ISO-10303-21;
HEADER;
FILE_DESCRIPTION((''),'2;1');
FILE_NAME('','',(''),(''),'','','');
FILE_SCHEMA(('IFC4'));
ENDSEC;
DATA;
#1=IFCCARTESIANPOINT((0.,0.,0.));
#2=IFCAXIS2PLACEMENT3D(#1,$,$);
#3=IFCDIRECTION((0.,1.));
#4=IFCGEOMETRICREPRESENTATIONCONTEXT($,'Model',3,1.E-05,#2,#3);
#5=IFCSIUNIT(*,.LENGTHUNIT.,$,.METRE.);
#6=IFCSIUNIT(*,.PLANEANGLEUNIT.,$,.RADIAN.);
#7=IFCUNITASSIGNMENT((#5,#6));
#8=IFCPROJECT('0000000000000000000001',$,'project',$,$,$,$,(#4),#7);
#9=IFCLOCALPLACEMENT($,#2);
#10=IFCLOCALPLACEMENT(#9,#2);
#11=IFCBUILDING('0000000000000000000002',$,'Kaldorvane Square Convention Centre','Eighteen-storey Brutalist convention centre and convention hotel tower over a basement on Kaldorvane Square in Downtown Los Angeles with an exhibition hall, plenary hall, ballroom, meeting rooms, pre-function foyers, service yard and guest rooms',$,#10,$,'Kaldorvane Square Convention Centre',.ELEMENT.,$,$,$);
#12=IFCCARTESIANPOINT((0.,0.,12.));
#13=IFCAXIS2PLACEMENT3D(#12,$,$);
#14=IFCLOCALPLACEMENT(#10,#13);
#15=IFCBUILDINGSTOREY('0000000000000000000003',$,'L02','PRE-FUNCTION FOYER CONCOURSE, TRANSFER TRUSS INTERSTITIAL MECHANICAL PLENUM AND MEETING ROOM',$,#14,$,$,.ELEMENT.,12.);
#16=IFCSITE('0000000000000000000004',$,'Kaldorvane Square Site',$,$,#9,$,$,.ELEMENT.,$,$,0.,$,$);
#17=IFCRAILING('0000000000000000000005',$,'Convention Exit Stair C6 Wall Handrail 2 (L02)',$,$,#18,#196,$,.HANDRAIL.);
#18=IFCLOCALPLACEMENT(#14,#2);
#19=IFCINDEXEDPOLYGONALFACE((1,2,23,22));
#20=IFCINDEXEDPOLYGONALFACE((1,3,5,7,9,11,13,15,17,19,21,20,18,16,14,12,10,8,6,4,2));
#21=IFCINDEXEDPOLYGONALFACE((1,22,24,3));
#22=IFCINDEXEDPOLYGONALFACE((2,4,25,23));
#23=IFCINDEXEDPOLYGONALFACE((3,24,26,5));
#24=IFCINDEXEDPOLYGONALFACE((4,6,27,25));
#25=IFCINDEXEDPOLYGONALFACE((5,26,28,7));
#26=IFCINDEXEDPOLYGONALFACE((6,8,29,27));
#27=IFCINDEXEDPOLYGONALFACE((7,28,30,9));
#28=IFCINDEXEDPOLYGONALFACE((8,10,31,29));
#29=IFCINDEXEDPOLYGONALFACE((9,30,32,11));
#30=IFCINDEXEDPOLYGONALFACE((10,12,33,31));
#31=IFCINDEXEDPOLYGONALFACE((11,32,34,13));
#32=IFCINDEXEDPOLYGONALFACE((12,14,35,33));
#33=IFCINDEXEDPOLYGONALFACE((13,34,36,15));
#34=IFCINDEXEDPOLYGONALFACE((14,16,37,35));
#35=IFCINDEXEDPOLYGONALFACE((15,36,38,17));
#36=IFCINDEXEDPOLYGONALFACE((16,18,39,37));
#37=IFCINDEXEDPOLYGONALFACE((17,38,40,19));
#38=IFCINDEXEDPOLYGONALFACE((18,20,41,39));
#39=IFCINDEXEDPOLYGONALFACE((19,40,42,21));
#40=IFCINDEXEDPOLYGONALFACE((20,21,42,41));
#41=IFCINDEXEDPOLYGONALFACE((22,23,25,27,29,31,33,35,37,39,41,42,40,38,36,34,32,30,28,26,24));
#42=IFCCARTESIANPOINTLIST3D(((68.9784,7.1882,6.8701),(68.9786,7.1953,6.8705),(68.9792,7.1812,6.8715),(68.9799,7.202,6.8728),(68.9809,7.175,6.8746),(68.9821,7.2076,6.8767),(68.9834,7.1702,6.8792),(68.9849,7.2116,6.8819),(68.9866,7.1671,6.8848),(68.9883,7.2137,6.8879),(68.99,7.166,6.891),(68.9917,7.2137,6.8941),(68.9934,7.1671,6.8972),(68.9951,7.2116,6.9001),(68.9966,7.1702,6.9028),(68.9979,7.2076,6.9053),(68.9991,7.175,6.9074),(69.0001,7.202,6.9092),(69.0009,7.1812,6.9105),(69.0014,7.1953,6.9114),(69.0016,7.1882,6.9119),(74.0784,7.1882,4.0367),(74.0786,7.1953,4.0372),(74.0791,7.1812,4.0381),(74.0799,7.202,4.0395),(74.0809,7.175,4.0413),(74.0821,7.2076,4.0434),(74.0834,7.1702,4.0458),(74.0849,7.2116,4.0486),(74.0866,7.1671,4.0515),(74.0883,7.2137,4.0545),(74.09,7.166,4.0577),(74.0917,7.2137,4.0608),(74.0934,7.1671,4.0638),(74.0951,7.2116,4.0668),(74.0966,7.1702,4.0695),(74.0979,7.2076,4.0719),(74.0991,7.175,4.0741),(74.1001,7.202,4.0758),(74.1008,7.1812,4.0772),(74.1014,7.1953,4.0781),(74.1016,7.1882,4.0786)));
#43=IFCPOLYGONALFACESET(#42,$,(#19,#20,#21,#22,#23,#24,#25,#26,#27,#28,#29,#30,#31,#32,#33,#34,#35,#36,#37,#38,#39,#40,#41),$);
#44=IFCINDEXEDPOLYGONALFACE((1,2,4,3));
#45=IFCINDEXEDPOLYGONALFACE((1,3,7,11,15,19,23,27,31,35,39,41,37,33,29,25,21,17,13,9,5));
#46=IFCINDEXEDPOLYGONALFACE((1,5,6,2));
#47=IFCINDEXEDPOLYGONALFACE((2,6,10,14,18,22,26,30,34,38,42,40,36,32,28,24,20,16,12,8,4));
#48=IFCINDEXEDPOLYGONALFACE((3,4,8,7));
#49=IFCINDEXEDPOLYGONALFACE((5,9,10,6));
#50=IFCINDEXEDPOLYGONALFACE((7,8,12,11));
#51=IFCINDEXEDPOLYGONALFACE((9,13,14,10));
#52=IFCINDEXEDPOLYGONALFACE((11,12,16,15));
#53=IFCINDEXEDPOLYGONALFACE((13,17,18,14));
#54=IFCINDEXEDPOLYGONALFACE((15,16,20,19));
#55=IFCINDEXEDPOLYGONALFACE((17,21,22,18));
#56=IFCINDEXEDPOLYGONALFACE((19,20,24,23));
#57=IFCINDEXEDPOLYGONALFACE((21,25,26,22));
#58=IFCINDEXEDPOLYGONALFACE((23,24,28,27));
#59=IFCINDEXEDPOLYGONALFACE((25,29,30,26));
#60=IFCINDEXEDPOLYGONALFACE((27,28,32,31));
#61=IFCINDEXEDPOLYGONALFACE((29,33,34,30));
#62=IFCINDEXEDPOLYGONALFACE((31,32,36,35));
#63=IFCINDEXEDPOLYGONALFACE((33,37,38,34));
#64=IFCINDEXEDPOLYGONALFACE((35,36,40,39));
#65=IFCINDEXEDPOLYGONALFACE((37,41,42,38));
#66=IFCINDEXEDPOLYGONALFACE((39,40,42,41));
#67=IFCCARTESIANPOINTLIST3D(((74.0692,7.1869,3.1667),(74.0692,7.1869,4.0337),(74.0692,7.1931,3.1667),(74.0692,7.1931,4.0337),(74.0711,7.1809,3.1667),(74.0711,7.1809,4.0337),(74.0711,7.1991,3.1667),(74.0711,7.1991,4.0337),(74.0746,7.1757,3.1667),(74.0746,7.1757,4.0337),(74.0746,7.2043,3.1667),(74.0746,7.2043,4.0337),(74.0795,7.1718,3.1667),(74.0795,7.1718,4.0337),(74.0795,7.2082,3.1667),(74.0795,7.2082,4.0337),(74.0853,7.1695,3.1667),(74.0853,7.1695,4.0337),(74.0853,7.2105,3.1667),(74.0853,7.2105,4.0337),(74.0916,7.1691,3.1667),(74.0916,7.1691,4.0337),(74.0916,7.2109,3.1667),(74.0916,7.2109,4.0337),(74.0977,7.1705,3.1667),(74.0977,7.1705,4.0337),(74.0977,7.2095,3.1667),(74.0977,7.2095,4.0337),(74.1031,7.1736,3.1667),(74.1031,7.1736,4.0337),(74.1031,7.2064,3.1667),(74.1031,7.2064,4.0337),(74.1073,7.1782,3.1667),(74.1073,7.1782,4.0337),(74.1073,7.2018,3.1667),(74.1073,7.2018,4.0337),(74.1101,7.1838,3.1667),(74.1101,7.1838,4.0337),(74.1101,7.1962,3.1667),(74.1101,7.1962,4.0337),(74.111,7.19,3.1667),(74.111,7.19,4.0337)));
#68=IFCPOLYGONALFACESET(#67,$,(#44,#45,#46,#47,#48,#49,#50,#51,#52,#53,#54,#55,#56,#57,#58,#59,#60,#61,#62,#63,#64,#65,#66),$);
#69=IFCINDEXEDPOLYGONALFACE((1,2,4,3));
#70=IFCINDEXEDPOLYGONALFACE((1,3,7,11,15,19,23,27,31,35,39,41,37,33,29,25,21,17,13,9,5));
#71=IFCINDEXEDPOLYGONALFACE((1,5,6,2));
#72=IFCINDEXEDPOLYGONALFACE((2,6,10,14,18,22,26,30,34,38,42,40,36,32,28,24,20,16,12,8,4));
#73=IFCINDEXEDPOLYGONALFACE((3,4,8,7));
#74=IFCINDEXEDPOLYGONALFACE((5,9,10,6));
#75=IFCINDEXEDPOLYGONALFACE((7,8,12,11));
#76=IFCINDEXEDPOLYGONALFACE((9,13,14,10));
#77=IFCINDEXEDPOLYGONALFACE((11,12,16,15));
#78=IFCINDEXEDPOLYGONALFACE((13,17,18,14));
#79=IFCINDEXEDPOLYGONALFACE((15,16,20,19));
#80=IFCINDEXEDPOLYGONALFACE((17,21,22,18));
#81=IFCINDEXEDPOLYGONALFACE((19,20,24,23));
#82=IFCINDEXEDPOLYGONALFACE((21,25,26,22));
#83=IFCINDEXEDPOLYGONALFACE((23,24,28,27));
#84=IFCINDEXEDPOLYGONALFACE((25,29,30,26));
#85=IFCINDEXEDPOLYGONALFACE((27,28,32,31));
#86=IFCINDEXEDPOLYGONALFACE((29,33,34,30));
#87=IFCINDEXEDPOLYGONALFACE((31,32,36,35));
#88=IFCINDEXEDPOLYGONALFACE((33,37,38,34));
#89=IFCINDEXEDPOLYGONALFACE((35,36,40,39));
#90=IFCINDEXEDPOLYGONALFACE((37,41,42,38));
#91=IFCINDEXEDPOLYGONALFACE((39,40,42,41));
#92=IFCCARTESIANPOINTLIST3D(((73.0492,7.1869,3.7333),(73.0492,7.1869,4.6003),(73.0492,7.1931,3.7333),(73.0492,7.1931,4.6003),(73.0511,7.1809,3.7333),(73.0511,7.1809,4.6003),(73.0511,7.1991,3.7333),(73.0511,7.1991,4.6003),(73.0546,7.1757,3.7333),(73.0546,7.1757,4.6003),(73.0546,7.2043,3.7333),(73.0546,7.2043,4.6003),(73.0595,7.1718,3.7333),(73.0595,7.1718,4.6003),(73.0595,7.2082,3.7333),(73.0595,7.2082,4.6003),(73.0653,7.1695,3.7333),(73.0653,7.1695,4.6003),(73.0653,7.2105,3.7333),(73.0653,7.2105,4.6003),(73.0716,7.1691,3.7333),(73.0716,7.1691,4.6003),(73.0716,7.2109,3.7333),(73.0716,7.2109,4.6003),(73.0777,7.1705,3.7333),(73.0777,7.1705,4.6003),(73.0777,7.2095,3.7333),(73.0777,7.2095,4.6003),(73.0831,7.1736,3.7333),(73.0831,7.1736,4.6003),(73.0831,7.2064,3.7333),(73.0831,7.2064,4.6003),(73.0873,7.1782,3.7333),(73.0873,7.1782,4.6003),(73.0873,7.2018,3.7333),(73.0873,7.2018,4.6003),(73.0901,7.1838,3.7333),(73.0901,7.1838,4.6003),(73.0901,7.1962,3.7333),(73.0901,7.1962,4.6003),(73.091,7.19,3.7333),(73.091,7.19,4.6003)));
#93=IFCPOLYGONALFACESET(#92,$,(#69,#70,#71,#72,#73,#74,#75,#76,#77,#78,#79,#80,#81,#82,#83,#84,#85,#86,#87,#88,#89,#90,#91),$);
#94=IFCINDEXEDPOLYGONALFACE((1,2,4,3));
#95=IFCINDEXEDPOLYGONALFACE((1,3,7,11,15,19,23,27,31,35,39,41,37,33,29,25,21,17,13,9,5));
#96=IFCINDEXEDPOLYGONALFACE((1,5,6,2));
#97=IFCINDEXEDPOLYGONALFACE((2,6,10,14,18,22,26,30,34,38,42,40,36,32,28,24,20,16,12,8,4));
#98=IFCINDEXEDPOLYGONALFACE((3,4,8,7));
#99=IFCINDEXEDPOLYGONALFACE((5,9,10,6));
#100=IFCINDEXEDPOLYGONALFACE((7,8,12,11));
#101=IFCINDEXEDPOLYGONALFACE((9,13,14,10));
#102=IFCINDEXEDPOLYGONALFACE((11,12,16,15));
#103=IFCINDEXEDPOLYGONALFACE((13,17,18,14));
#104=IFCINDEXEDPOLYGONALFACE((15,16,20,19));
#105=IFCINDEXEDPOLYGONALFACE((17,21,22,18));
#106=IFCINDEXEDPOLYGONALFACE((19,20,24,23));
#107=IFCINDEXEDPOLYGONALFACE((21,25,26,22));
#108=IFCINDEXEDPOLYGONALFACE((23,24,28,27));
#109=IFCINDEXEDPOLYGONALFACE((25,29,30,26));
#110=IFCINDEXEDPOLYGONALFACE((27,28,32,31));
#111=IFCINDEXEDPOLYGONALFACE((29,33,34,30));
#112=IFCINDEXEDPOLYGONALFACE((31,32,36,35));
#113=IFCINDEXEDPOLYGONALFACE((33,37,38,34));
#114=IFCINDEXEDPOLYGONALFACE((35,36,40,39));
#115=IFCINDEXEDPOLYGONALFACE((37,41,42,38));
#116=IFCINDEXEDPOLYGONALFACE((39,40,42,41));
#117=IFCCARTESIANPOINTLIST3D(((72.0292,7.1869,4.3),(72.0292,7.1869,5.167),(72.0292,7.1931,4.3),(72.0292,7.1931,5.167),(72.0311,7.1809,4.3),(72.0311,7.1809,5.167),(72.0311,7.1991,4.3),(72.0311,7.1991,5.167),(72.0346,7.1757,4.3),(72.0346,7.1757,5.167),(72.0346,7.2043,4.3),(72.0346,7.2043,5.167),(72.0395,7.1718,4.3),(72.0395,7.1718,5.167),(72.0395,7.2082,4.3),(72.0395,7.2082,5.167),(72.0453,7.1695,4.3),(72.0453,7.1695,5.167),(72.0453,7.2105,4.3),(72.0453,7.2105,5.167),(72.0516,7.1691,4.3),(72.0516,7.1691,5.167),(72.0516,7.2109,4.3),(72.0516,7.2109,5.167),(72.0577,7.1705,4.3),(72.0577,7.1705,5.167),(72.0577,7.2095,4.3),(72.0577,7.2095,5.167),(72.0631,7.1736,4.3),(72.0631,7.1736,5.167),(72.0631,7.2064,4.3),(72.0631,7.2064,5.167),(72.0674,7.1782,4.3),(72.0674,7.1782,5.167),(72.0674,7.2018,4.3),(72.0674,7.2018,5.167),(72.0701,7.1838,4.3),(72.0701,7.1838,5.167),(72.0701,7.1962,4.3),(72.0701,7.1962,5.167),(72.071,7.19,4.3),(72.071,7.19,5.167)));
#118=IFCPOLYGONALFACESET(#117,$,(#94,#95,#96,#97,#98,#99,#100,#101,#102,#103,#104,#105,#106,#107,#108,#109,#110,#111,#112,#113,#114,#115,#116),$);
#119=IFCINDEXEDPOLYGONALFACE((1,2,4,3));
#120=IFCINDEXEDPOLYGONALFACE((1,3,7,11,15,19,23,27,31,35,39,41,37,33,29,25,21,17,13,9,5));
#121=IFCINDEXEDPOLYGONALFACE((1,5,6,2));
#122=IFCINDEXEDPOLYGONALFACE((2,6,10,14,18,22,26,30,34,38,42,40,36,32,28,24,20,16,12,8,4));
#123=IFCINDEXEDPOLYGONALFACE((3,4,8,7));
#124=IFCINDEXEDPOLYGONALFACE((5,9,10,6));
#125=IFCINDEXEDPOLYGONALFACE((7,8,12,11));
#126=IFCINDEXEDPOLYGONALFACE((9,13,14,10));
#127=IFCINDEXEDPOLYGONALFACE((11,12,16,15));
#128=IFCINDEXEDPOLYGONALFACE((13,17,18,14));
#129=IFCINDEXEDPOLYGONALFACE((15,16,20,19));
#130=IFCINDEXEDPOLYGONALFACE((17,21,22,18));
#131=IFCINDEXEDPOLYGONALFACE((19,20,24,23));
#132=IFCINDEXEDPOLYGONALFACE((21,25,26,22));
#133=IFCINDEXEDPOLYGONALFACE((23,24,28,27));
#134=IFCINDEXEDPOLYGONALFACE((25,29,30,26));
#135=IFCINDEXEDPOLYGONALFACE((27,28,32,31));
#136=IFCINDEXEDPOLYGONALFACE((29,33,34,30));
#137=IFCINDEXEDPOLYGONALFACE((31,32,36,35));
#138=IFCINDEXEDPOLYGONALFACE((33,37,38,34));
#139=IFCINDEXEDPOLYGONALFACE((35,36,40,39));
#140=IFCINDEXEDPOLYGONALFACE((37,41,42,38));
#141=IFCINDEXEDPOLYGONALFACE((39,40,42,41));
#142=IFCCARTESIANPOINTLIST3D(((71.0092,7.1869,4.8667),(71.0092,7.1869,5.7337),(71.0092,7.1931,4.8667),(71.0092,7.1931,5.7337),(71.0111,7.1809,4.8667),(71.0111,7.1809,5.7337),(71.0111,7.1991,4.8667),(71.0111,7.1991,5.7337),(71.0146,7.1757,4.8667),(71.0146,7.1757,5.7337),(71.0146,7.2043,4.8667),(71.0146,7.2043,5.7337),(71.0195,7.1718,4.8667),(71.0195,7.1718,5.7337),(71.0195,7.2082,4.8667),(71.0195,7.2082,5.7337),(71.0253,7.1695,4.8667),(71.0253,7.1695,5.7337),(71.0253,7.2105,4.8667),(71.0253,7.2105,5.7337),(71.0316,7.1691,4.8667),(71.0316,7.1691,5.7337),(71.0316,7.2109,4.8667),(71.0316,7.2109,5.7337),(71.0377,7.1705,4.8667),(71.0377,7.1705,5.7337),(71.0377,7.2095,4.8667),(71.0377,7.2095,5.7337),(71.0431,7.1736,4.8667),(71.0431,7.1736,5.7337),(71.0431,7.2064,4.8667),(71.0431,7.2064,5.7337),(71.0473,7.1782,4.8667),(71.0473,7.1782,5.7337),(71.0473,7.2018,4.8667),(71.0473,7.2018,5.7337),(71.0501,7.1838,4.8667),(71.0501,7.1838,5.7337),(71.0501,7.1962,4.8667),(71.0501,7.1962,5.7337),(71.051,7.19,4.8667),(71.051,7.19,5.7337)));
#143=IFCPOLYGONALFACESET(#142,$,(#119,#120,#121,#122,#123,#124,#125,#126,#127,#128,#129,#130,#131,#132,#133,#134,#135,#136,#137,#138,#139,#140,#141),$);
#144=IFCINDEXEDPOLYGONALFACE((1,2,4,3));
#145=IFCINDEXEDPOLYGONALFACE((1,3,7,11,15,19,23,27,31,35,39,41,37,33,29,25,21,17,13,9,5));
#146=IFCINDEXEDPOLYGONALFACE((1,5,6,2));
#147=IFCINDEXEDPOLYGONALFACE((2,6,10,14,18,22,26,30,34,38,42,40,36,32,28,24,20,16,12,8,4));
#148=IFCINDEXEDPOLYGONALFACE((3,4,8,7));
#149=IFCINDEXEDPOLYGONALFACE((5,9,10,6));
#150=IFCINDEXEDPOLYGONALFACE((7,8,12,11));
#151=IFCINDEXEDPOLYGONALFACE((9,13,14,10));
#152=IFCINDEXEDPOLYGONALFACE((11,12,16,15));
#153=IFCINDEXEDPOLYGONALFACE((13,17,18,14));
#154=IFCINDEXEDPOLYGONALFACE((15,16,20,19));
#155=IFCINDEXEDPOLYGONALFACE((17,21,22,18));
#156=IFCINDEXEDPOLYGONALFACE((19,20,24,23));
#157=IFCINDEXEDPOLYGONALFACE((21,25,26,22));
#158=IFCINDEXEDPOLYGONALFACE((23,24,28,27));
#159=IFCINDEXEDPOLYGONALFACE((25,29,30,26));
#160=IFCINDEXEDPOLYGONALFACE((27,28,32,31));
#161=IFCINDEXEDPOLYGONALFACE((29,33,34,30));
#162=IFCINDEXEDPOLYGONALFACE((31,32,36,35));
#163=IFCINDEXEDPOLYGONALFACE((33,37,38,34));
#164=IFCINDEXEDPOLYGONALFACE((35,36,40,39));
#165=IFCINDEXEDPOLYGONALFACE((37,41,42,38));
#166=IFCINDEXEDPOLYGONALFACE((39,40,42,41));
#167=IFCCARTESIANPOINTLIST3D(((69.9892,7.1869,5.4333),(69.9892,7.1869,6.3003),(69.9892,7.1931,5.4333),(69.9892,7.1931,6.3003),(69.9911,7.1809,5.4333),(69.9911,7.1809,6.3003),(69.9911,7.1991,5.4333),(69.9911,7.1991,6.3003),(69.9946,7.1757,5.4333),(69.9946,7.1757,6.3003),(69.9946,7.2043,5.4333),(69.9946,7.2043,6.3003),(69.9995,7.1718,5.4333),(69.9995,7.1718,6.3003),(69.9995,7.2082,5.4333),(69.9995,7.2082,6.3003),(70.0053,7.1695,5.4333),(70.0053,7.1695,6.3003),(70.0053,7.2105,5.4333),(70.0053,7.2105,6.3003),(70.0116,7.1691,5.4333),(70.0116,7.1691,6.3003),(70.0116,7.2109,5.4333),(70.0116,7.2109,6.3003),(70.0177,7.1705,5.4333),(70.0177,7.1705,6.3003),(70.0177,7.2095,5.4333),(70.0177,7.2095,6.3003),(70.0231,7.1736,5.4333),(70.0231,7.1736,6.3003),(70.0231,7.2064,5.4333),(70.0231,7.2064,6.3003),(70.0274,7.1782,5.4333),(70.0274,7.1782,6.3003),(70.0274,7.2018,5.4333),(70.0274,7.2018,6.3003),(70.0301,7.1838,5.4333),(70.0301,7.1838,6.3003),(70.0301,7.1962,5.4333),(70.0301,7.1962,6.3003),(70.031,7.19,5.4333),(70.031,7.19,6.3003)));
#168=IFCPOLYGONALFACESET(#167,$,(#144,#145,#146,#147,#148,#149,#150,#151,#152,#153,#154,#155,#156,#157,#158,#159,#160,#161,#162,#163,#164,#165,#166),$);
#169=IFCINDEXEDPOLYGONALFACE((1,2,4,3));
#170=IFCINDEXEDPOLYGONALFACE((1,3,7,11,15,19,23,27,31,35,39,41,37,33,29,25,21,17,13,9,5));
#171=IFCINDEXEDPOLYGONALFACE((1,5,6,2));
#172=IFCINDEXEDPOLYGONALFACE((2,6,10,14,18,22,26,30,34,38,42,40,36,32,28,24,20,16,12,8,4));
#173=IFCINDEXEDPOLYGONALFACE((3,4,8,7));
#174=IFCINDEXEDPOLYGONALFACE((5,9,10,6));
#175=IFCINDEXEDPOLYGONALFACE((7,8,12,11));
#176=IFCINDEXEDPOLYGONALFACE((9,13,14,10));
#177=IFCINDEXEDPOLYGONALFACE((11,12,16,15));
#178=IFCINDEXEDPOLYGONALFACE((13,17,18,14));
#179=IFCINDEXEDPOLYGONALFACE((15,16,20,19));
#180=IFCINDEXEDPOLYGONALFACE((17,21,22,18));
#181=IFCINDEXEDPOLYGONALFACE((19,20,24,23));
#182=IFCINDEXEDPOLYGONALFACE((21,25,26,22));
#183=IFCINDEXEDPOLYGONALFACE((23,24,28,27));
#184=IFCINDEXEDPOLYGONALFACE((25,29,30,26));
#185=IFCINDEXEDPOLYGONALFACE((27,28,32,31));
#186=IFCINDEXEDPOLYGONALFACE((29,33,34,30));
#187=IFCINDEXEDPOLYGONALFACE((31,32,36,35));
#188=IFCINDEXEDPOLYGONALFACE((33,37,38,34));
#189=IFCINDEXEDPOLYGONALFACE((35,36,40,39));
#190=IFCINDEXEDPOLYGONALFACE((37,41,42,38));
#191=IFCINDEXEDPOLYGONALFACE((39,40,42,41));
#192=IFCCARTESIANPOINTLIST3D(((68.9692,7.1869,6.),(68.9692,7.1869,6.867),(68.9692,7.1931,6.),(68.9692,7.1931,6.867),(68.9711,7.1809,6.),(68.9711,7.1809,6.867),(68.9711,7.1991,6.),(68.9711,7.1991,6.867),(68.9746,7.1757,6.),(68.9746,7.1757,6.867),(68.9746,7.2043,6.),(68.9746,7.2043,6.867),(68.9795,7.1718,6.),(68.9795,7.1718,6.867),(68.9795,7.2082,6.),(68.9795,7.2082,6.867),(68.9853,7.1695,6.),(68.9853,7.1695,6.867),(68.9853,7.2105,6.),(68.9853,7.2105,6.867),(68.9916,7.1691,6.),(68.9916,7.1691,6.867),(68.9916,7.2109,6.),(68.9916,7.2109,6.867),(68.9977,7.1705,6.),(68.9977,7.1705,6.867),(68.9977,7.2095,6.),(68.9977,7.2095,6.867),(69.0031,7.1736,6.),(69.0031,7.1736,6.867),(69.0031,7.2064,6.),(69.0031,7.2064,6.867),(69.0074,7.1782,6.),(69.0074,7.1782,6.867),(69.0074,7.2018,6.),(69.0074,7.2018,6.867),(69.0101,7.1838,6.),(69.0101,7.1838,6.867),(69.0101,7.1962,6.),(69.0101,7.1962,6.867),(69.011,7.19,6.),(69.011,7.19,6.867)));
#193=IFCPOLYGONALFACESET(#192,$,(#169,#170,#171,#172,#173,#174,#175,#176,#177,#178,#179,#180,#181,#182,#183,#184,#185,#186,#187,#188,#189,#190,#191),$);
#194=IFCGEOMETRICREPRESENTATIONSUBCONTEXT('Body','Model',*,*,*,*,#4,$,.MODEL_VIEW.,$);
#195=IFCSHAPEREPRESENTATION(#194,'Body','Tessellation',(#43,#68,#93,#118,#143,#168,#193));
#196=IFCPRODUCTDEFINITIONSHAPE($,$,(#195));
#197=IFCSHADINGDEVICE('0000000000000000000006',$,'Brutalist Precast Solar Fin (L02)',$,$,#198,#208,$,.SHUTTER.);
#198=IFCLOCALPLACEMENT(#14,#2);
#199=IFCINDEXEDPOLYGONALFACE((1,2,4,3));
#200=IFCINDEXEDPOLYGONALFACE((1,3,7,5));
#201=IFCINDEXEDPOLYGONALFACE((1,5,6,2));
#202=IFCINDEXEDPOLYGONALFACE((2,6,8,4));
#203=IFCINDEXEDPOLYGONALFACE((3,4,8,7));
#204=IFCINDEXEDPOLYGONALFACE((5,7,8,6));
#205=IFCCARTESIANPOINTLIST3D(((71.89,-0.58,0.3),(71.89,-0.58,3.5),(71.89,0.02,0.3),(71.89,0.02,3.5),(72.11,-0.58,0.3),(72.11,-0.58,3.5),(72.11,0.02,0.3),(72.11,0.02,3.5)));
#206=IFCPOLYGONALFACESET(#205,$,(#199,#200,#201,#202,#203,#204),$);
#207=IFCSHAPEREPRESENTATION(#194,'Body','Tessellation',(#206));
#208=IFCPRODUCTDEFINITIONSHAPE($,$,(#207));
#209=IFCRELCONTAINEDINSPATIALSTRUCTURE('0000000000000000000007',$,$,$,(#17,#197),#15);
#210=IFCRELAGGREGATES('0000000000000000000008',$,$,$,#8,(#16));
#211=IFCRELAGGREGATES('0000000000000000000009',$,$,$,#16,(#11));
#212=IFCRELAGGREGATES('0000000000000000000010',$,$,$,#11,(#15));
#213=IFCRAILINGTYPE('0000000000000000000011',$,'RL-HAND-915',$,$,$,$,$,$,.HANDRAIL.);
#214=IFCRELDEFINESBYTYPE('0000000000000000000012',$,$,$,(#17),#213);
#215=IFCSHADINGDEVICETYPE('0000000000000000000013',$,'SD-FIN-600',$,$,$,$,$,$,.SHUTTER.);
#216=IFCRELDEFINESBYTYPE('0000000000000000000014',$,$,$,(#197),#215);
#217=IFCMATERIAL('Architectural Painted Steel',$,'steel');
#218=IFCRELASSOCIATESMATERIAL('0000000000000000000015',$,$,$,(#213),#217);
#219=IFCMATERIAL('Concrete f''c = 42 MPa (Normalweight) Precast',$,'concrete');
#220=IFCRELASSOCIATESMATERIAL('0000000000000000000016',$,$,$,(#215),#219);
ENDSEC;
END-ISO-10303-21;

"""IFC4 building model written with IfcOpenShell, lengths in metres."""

from ifc_helpers import new_model, si_unit, direction, frame, origin, origin_2d, place, context, subcontext, project, spatial, rectangle, circle, extrude, material, type_object, element, save


model = new_model("IFC4")

# Units and contexts
model_context = context("Model", 3, precision=1e-05, world=origin(), true_north=direction((0.0, 1.0)))
body_context = subcontext(model_context, "Body", "Model", "MODEL_VIEW")
ifc_project = project(units=[si_unit("LENGTHUNIT", "METRE"), si_unit("PLANEANGLEUNIT", "RADIAN")], contexts=[model_context])

# Site, building, storey
site_placement = place(None, origin())
site = spatial("IfcSite", under=ifc_project, at=site_placement, Name="Kaldorvane Square Site", CompositionType="ELEMENT", RefElevation=0.0)
building_placement = place(site_placement, origin())
building = spatial("IfcBuilding", under=site, at=building_placement, Name="Kaldorvane Square Convention Centre", Description="Eighteen-storey Brutalist convention centre and convention hotel tower over a basement on Kaldorvane Square in Downtown Los Angeles with an exhibition hall, plenary hall, ballroom, meeting rooms, pre-function foyers, service yard and guest rooms", LongName="Kaldorvane Square Convention Centre", CompositionType="ELEMENT")
storey_placement = place(building_placement, frame((0.0, 0.0, 12.0)))
storey = spatial("IfcBuildingStorey", under=building, at=storey_placement, Name="L02", Description="PRE-FUNCTION FOYER CONCOURSE, TRANSFER TRUSS INTERSTITIAL MECHANICAL PLENUM AND MEETING ROOM", CompositionType="ELEMENT", Elevation=12.0)

# Shared definitions
ifc_material_1 = material(Name="Concrete f'c = 42 MPa (Normalweight) Precast", Category="concrete")

# Railing
ifc_material_2 = material(Name="Architectural Painted Steel", Category="steel")
railing_type_1 = type_object("IfcRailingType", Name="RL-HAND-915", PredefinedType="HANDRAIL", material=ifc_material_2)
railing_1_placement = place(storey_placement, frame((74.09, 7.19, 3.1667)))
element("IfcRailing", 1, at=railing_1_placement, inside=storey, type_object=railing_type_1, Name="Convention Exit Stair C6 Wall Handrail 2 (L02)", PredefinedType="HANDRAIL", context=body_context, shape_type="SweptSolid", body=[
    extrude(circle(Radius=0.024, at=origin_2d()), frame((0.0, 0.0, 0.891), z_axis=(-0.874157, 0.0, 0.485643), x_axis=(0.0, -1.0, 0.0)), (0.0, 0.0, 1.0), 5.8342),
    extrude(circle(Radius=0.021, at=origin_2d()), origin(), (0.0, 0.0, 1.0), 0.867),
    extrude(circle(Radius=0.021, at=origin_2d()), frame((-1.02, 0.0, 0.5667)), (0.0, 0.0, 1.0), 0.867),
    extrude(circle(Radius=0.021, at=origin_2d()), frame((-2.04, 0.0, 1.1333)), (0.0, 0.0, 1.0), 0.867),
    extrude(circle(Radius=0.021, at=origin_2d()), frame((-3.06, 0.0, 1.7)), (0.0, 0.0, 1.0), 0.867),
    extrude(circle(Radius=0.021, at=origin_2d()), frame((-4.08, 0.0, 2.2667)), (0.0, 0.0, 1.0), 0.867),
    extrude(circle(Radius=0.021, at=origin_2d()), frame((-5.1, 0.0, 2.8333)), (0.0, 0.0, 1.0), 0.867),
])

# Shading device
shading_device_type = type_object("IfcShadingDeviceType", Name="SD-FIN-600", PredefinedType="SHUTTER", material=ifc_material_1)
shading_device_placement = place(storey_placement, frame((72.0, -0.28, 0.3), z_axis=(0.0, 0.0, 1.0), x_axis=(1.0, 0.0, 0.0)))
element("IfcShadingDevice", 2, at=shading_device_placement, inside=storey, type_object=shading_device_type, Name="Brutalist Precast Solar Fin (L02)", PredefinedType="SHUTTER", context=body_context, shape_type="SweptSolid", body=[
    extrude(rectangle(XDim=0.22, YDim=0.6, at=origin_2d()), origin(), (0.0, 0.0, 1.0), 3.2),
])

save(model, "model.ifc")
